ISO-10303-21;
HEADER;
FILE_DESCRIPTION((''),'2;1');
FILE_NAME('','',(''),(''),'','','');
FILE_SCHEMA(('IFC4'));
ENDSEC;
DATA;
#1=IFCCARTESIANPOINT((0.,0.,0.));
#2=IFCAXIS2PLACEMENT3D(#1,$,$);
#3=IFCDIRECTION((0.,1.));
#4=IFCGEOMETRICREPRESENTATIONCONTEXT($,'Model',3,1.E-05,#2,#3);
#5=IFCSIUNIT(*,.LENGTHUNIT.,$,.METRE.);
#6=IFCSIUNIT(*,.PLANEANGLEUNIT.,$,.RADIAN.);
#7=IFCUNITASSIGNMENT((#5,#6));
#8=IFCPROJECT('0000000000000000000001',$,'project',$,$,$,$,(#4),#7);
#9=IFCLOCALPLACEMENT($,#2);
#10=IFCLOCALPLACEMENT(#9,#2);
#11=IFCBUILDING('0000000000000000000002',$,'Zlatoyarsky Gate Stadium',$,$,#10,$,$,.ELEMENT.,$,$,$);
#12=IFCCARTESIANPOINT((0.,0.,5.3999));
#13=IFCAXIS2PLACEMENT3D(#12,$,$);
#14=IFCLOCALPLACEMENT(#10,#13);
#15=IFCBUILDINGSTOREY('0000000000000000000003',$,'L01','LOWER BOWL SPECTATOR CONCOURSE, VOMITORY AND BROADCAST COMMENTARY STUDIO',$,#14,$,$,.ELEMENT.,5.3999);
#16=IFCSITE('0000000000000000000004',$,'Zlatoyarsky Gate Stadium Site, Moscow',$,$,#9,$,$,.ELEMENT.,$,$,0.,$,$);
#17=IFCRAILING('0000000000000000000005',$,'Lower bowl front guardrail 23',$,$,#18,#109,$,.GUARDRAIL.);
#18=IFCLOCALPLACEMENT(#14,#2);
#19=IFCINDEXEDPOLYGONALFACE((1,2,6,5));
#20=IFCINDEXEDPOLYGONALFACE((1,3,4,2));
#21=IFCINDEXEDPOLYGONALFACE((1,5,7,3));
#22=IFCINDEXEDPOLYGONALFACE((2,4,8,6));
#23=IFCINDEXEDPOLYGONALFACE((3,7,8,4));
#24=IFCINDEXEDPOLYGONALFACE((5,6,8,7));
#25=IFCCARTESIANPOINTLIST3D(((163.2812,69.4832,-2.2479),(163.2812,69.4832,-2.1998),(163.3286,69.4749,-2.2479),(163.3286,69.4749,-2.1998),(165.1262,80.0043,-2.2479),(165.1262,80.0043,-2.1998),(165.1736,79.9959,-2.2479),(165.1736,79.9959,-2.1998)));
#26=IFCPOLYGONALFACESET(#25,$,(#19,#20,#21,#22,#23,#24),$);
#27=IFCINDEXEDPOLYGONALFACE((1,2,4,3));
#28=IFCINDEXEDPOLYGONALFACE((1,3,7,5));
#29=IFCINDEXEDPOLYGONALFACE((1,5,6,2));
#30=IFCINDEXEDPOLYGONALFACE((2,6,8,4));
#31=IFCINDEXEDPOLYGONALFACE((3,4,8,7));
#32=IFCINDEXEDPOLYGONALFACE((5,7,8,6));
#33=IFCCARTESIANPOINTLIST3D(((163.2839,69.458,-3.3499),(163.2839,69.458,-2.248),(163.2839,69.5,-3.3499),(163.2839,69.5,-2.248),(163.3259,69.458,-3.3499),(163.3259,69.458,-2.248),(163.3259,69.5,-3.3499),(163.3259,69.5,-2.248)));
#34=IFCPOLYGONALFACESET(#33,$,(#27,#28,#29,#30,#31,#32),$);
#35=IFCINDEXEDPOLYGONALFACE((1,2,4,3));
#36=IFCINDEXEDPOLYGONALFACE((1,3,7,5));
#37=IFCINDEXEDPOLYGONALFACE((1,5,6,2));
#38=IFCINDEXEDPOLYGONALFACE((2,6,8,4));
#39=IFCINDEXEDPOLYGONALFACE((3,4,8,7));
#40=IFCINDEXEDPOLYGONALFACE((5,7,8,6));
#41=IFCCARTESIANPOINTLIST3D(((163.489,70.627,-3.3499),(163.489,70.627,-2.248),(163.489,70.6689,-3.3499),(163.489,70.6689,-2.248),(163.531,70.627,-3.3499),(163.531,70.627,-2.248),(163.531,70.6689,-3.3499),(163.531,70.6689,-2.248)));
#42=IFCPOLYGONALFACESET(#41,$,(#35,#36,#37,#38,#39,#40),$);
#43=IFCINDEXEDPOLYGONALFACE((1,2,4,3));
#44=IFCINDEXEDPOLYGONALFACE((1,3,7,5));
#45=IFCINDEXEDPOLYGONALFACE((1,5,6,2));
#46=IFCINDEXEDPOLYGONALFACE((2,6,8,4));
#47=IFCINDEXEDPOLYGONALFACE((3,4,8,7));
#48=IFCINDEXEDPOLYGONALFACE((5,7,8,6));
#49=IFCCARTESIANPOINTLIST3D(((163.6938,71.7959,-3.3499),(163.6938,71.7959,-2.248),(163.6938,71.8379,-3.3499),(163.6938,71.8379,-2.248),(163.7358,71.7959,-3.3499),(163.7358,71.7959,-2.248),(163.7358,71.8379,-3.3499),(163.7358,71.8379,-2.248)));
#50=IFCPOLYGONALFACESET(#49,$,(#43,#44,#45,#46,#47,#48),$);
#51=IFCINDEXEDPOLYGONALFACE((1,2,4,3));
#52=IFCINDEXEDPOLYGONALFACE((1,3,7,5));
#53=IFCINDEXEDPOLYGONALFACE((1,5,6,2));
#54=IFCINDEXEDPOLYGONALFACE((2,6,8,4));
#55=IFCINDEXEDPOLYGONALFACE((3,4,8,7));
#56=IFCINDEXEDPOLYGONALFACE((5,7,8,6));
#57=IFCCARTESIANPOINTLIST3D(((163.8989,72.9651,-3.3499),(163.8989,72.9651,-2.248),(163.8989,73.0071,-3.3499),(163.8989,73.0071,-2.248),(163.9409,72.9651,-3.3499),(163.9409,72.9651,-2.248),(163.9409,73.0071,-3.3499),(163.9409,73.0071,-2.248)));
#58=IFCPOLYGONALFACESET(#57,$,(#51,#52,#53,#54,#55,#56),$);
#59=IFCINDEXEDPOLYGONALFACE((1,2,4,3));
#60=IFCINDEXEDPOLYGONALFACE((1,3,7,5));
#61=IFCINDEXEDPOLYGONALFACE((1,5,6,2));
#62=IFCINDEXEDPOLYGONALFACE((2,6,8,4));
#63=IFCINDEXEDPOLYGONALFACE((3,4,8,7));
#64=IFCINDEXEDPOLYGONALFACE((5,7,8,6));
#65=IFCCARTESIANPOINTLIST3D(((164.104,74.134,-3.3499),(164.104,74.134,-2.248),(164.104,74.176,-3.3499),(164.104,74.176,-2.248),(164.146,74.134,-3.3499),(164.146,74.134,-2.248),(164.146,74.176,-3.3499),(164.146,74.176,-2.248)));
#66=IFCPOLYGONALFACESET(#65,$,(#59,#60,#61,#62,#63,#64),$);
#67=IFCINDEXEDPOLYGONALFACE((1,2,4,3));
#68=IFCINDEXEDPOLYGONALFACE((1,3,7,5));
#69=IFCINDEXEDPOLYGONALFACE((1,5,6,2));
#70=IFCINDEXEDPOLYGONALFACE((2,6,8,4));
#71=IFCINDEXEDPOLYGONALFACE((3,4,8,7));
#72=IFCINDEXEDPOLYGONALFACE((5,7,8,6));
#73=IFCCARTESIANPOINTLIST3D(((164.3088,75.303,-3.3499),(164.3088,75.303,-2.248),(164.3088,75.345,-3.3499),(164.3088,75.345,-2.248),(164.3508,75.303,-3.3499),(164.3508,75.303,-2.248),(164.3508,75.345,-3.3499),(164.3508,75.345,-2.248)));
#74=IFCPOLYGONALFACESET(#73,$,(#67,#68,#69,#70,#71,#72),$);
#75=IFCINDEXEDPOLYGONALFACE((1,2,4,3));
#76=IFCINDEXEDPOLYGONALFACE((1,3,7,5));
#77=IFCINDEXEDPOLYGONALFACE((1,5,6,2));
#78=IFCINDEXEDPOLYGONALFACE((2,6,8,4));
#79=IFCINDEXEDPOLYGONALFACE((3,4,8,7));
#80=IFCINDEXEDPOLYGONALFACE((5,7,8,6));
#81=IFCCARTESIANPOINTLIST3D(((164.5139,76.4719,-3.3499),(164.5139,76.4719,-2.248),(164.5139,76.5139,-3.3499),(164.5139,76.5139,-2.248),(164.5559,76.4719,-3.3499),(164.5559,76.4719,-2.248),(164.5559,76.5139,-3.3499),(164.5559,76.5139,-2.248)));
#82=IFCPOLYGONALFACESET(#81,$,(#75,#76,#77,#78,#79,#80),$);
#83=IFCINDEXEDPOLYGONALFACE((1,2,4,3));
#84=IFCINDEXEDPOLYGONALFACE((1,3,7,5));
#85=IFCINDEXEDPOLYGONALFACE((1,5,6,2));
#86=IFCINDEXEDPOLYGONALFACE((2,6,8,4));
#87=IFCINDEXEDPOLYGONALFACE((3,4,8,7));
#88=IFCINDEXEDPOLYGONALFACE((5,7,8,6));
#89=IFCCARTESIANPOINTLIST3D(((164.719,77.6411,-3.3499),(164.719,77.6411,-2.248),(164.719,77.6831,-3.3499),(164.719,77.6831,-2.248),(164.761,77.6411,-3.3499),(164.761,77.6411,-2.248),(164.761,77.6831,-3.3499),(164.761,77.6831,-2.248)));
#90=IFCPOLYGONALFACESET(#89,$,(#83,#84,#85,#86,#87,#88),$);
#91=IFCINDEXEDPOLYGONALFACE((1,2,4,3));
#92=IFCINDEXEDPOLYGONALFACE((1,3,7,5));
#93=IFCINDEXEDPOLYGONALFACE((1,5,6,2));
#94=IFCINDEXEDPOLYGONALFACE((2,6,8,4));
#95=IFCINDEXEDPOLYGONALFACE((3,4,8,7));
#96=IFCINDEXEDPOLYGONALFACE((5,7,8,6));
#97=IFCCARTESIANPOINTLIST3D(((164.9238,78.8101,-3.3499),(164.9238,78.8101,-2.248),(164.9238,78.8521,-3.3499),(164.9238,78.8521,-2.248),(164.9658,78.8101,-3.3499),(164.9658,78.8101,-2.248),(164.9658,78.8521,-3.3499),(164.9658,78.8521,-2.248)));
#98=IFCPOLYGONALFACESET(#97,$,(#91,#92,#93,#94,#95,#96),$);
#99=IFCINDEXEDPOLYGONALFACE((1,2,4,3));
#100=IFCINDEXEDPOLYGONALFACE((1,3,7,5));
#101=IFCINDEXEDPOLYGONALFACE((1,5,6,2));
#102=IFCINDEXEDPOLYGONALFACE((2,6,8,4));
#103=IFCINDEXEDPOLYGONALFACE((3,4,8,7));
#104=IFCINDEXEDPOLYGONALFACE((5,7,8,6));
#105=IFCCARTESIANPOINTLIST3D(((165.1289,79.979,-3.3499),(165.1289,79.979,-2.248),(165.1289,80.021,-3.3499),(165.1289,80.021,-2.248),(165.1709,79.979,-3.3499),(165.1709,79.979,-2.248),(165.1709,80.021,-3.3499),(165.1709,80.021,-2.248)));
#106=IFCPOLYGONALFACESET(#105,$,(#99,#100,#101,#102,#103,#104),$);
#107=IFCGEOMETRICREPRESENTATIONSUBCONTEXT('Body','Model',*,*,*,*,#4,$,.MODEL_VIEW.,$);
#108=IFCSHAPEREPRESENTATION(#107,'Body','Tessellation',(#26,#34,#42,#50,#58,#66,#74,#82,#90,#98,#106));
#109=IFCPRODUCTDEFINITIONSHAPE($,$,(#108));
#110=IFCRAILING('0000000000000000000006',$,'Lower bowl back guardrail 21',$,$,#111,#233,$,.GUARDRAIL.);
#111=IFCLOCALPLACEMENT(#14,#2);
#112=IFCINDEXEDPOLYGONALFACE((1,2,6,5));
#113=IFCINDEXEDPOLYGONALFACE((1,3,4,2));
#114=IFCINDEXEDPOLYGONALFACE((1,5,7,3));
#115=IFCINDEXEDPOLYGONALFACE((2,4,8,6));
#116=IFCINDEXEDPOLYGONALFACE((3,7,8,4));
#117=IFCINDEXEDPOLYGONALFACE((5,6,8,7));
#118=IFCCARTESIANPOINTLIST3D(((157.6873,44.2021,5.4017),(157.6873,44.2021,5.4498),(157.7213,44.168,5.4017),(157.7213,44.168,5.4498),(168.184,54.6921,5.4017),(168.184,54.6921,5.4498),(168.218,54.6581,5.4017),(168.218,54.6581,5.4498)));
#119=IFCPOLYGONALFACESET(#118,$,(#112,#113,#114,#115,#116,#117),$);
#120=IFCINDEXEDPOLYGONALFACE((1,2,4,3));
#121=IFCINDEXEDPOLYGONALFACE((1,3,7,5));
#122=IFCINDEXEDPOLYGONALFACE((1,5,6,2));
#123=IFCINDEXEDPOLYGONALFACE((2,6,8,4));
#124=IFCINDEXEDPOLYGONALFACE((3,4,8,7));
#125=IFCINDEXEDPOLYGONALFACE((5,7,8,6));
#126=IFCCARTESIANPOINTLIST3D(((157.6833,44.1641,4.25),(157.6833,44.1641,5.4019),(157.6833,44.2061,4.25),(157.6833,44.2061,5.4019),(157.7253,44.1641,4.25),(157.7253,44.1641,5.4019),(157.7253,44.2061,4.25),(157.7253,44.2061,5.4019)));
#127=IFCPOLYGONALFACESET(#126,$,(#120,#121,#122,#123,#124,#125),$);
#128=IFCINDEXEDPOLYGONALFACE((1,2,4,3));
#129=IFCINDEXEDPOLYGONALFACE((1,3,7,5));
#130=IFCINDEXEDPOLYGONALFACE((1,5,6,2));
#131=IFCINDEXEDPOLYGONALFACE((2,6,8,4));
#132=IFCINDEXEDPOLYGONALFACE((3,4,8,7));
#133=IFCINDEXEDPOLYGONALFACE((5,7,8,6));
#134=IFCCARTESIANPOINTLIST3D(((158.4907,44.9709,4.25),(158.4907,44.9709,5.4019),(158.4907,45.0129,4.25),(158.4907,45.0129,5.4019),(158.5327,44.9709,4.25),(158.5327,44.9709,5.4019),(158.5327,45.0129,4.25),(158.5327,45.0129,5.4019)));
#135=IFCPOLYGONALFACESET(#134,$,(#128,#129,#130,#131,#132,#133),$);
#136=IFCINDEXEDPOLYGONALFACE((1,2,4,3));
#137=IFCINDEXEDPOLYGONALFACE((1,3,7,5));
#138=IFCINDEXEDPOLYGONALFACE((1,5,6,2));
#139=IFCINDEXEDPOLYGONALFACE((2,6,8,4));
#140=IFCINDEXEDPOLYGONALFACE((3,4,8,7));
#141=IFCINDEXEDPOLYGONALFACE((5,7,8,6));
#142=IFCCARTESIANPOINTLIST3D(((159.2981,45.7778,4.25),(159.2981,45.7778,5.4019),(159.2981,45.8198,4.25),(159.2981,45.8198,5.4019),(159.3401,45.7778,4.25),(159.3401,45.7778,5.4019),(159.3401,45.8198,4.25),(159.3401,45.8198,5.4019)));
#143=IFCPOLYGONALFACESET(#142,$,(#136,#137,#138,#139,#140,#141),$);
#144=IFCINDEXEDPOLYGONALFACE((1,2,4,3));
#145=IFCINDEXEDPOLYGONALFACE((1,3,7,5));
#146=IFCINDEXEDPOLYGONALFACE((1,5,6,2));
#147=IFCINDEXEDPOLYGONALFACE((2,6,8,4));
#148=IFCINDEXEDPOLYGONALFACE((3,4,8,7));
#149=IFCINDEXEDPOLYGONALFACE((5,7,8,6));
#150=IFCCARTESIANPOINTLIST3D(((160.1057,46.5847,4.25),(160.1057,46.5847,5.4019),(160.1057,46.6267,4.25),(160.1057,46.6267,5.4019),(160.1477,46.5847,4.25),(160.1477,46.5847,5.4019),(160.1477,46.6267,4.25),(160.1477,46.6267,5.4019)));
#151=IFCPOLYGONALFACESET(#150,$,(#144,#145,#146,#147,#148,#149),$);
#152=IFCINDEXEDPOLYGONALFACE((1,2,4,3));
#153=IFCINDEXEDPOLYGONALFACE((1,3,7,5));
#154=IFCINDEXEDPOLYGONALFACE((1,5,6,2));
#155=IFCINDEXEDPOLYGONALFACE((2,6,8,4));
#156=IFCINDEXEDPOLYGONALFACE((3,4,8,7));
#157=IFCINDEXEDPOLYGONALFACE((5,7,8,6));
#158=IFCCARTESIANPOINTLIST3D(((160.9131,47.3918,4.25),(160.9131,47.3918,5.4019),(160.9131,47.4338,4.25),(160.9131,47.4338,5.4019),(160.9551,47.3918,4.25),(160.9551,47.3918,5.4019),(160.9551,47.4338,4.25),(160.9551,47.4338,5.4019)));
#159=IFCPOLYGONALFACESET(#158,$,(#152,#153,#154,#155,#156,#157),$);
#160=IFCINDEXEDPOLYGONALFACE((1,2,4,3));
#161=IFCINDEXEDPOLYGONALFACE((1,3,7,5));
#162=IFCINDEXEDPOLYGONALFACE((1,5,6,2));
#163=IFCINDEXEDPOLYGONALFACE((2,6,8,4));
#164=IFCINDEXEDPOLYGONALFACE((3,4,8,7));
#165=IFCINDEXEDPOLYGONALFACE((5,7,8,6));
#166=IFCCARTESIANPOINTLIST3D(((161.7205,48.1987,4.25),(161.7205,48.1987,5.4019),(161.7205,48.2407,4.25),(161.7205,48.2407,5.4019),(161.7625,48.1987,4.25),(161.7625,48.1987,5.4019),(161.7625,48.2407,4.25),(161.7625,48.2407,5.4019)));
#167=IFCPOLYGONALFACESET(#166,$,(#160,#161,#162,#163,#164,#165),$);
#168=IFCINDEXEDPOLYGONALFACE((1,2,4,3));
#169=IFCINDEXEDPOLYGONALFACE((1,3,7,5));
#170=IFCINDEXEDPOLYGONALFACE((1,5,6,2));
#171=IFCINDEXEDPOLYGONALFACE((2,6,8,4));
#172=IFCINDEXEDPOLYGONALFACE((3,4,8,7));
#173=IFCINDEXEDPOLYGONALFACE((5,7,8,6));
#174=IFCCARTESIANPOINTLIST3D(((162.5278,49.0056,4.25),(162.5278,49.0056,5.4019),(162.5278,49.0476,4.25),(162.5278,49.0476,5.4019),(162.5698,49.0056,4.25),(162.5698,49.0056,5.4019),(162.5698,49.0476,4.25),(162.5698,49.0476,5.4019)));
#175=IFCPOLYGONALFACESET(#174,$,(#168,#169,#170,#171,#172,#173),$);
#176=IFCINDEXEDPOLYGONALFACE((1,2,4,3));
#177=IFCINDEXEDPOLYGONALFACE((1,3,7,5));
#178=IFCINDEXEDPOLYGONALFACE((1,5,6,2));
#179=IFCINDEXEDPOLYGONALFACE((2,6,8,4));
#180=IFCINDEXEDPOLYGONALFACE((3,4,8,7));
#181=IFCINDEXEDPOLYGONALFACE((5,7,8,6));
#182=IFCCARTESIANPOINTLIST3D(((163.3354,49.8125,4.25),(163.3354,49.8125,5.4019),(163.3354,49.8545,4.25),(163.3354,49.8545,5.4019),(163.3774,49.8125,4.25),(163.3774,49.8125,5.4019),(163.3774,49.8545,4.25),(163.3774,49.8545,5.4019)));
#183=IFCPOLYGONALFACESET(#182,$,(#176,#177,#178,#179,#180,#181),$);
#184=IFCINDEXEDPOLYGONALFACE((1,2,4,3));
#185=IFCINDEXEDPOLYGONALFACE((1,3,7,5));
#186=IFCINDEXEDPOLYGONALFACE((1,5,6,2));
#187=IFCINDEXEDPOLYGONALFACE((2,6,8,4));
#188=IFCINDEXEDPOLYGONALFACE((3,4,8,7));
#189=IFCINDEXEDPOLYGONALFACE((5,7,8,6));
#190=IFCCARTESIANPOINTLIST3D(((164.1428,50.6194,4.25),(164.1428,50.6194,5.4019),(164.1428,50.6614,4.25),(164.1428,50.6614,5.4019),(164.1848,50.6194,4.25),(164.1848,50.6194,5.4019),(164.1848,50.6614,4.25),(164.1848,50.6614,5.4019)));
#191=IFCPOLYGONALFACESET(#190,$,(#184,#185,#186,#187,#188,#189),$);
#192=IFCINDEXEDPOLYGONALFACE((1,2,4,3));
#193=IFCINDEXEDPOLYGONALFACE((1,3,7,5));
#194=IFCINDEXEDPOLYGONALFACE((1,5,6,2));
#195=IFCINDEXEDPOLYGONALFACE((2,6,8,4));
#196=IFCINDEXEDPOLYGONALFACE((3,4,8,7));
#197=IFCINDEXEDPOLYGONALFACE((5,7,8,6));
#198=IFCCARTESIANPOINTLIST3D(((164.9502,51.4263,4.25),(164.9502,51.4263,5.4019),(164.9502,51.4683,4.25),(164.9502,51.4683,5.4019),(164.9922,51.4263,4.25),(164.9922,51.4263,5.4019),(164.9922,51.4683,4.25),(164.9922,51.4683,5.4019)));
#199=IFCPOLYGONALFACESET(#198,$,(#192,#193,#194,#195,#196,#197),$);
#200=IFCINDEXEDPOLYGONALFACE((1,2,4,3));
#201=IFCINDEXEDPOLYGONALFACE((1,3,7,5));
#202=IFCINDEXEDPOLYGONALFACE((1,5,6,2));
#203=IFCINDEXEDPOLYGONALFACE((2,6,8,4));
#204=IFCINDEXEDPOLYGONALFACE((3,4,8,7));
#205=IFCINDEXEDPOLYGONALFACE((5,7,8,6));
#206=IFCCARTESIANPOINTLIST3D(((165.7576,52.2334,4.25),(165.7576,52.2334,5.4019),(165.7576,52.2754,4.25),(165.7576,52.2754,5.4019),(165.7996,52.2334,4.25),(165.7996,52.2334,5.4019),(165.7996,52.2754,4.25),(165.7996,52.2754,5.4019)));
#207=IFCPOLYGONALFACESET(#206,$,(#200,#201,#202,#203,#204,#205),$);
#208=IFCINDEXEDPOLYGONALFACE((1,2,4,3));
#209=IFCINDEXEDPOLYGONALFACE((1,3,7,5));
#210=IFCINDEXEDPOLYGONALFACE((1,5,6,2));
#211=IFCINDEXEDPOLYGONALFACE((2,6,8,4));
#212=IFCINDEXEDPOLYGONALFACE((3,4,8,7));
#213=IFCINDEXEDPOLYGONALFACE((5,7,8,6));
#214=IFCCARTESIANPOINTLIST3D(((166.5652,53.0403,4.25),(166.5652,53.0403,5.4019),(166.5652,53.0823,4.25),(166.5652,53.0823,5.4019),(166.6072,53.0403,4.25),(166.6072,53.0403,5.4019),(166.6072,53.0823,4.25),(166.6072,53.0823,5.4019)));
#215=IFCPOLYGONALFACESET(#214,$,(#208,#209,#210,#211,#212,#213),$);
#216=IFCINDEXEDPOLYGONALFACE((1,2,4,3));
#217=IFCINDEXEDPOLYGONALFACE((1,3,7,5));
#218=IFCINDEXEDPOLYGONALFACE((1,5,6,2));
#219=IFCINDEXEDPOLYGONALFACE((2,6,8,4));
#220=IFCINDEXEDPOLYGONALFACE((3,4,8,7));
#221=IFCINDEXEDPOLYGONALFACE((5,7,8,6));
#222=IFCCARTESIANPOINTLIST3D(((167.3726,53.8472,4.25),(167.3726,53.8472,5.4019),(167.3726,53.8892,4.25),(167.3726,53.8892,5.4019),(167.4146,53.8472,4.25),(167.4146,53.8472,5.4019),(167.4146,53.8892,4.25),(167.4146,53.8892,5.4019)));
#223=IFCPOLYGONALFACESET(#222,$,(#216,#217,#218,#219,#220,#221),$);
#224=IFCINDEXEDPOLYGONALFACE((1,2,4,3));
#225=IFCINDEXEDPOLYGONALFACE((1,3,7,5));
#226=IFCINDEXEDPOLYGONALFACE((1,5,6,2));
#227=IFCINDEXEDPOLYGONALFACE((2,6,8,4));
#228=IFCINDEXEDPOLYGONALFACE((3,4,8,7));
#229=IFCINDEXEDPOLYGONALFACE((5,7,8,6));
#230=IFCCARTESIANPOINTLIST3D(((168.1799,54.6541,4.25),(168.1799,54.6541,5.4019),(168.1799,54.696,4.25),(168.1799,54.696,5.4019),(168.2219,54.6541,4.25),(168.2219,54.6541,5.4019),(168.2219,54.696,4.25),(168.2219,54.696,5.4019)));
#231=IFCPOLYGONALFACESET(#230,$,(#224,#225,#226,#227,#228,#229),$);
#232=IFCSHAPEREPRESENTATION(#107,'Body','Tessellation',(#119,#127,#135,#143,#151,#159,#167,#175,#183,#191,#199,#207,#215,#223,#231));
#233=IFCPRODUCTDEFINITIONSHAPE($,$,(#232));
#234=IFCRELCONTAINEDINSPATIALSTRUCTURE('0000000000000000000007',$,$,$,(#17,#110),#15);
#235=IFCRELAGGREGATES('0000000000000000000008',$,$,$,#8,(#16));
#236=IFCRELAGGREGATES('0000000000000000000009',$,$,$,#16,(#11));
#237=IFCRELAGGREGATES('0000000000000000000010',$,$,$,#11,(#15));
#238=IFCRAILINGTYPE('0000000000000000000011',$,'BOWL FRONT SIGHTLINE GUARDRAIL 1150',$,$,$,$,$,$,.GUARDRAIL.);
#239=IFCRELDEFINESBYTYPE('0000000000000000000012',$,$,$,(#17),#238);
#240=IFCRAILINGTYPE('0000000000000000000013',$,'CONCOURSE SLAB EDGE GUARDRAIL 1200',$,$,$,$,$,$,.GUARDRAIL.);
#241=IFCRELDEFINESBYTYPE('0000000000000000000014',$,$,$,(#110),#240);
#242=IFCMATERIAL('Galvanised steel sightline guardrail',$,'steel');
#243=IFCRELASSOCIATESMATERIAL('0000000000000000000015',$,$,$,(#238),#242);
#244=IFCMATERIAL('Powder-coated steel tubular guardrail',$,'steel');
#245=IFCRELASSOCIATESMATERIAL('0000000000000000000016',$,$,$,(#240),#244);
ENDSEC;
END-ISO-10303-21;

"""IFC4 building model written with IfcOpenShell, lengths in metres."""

from ifc_helpers import new_model, si_unit, direction, frame, origin, origin_2d, place, context, subcontext, project, spatial, rectangle, extrude, material, type_object, element, save


model = new_model("IFC4")

# Units and contexts
model_context = context("Model", 3, precision=1e-05, world=origin(), true_north=direction((0.0, 1.0)))
body_context = subcontext(model_context, "Body", "Model", "MODEL_VIEW")
ifc_project = project(units=[si_unit("LENGTHUNIT", "METRE"), si_unit("PLANEANGLEUNIT", "RADIAN")], contexts=[model_context])

# Site, building, storey
site_placement = place(None, origin())
site = spatial("IfcSite", under=ifc_project, at=site_placement, Name="Zlatoyarsky Gate Stadium Site, Moscow", CompositionType="ELEMENT", RefElevation=0.0)
building_placement = place(site_placement, origin())
building = spatial("IfcBuilding", under=site, at=building_placement, Name="Zlatoyarsky Gate Stadium", CompositionType="ELEMENT")
storey_placement = place(building_placement, frame((0.0, 0.0, 5.3999)))
storey = spatial("IfcBuildingStorey", under=building, at=storey_placement, Name="L01", Description="LOWER BOWL SPECTATOR CONCOURSE, VOMITORY AND BROADCAST COMMENTARY STUDIO", CompositionType="ELEMENT", Elevation=5.3999)

# Railings
ifc_material_1 = material(Name="Galvanised steel sightline guardrail", Category="steel")
railing_type_1 = type_object("IfcRailingType", Name="BOWL FRONT SIGHTLINE GUARDRAIL 1150", PredefinedType="GUARDRAIL", material=ifc_material_1)
railing_1_placement = place(storey_placement, frame((163.3049, 69.479, -3.3499)))
element("IfcRailing", 1, at=railing_1_placement, inside=storey, type_object=railing_type_1, Name="Lower bowl front guardrail 23", PredefinedType="GUARDRAIL", context=body_context, shape_type="SweptSolid", body=[
    extrude(rectangle(XDim=0.0481, YDim=0.0481, at=origin_2d()), frame((0.0, 0.0, 1.126), z_axis=(0.172725, 0.98497, 0.0), x_axis=(-0.98497, 0.172725, 0.0)), (0.0, 0.0, 1.0), 10.6816),
    extrude(rectangle(XDim=0.042, YDim=0.042, at=origin_2d()), origin(), (0.0, 0.0, 1.0), 1.1018),
    extrude(rectangle(XDim=0.042, YDim=0.042, at=origin_2d()), frame((0.2051, 1.1689, 0.0)), (0.0, 0.0, 1.0), 1.1018),
    extrude(rectangle(XDim=0.042, YDim=0.042, at=origin_2d()), frame((0.4099, 2.3379, 0.0)), (0.0, 0.0, 1.0), 1.1018),
    extrude(rectangle(XDim=0.042, YDim=0.042, at=origin_2d()), frame((0.615, 3.5071, 0.0)), (0.0, 0.0, 1.0), 1.1018),
    extrude(rectangle(XDim=0.042, YDim=0.042, at=origin_2d()), frame((0.8201, 4.676, 0.0)), (0.0, 0.0, 1.0), 1.1018),
    extrude(rectangle(XDim=0.042, YDim=0.042, at=origin_2d()), frame((1.0249, 5.845, 0.0)), (0.0, 0.0, 1.0), 1.1018),
    extrude(rectangle(XDim=0.042, YDim=0.042, at=origin_2d()), frame((1.23, 7.0139, 0.0)), (0.0, 0.0, 1.0), 1.1018),
    extrude(rectangle(XDim=0.042, YDim=0.042, at=origin_2d()), frame((1.4351, 8.1831, 0.0)), (0.0, 0.0, 1.0), 1.1018),
    extrude(rectangle(XDim=0.042, YDim=0.042, at=origin_2d()), frame((1.6399, 9.3521, 0.0)), (0.0, 0.0, 1.0), 1.1018),
    extrude(rectangle(XDim=0.042, YDim=0.042, at=origin_2d()), frame((1.845, 10.521, 0.0)), (0.0, 0.0, 1.0), 1.1018),
])
ifc_material_2 = material(Name="Powder-coated steel tubular guardrail", Category="steel")
railing_type_2 = type_object("IfcRailingType", Name="CONCOURSE SLAB EDGE GUARDRAIL 1200", PredefinedType="GUARDRAIL", material=ifc_material_2)
railing_2_placement = place(storey_placement, frame((157.7043, 44.1851, 4.25)))
element("IfcRailing", 2, at=railing_2_placement, inside=storey, type_object=railing_type_2, Name="Lower bowl back guardrail 21", PredefinedType="GUARDRAIL", context=body_context, shape_type="SweptSolid", body=[
    extrude(rectangle(XDim=0.0481, YDim=0.0481, at=origin_2d()), frame((0.0, 0.0, 1.1758), z_axis=(0.707329, 0.706885, 0.0), x_axis=(-0.706885, 0.707329, 0.0)), (0.0, 0.0, 1.0), 14.8398),
    extrude(rectangle(XDim=0.042, YDim=0.042, at=origin_2d()), origin(), (0.0, 0.0, 1.0), 1.1519),
    extrude(rectangle(XDim=0.042, YDim=0.042, at=origin_2d()), frame((0.8074, 0.8069, 0.0)), (0.0, 0.0, 1.0), 1.1519),
    extrude(rectangle(XDim=0.042, YDim=0.042, at=origin_2d()), frame((1.6147, 1.6138, 0.0)), (0.0, 0.0, 1.0), 1.1519),
    extrude(rectangle(XDim=0.042, YDim=0.042, at=origin_2d()), frame((2.4224, 2.4207, 0.0)), (0.0, 0.0, 1.0), 1.1519),
    extrude(rectangle(XDim=0.042, YDim=0.042, at=origin_2d()), frame((3.2297, 3.2278, 0.0)), (0.0, 0.0, 1.0), 1.1519),
    extrude(rectangle(XDim=0.042, YDim=0.042, at=origin_2d()), frame((4.0371, 4.0347, 0.0)), (0.0, 0.0, 1.0), 1.1519),
    extrude(rectangle(XDim=0.042, YDim=0.042, at=origin_2d()), frame((4.8445, 4.8416, 0.0)), (0.0, 0.0, 1.0), 1.1519),
    extrude(rectangle(XDim=0.042, YDim=0.042, at=origin_2d()), frame((5.6521, 5.6484, 0.0)), (0.0, 0.0, 1.0), 1.1519),
    extrude(rectangle(XDim=0.042, YDim=0.042, at=origin_2d()), frame((6.4595, 6.4553, 0.0)), (0.0, 0.0, 1.0), 1.1519),
    extrude(rectangle(XDim=0.042, YDim=0.042, at=origin_2d()), frame((7.2668, 7.2622, 0.0)), (0.0, 0.0, 1.0), 1.1519),
    extrude(rectangle(XDim=0.042, YDim=0.042, at=origin_2d()), frame((8.0742, 8.0693, 0.0)), (0.0, 0.0, 1.0), 1.1519),
    extrude(rectangle(XDim=0.042, YDim=0.042, at=origin_2d()), frame((8.8818, 8.8762, 0.0)), (0.0, 0.0, 1.0), 1.1519),
    extrude(rectangle(XDim=0.042, YDim=0.042, at=origin_2d()), frame((9.6892, 9.6831, 0.0)), (0.0, 0.0, 1.0), 1.1519),
    extrude(rectangle(XDim=0.042, YDim=0.042, at=origin_2d()), frame((10.4966, 10.49, 0.0)), (0.0, 0.0, 1.0), 1.1519),
])

save(model, "model.ifc")
